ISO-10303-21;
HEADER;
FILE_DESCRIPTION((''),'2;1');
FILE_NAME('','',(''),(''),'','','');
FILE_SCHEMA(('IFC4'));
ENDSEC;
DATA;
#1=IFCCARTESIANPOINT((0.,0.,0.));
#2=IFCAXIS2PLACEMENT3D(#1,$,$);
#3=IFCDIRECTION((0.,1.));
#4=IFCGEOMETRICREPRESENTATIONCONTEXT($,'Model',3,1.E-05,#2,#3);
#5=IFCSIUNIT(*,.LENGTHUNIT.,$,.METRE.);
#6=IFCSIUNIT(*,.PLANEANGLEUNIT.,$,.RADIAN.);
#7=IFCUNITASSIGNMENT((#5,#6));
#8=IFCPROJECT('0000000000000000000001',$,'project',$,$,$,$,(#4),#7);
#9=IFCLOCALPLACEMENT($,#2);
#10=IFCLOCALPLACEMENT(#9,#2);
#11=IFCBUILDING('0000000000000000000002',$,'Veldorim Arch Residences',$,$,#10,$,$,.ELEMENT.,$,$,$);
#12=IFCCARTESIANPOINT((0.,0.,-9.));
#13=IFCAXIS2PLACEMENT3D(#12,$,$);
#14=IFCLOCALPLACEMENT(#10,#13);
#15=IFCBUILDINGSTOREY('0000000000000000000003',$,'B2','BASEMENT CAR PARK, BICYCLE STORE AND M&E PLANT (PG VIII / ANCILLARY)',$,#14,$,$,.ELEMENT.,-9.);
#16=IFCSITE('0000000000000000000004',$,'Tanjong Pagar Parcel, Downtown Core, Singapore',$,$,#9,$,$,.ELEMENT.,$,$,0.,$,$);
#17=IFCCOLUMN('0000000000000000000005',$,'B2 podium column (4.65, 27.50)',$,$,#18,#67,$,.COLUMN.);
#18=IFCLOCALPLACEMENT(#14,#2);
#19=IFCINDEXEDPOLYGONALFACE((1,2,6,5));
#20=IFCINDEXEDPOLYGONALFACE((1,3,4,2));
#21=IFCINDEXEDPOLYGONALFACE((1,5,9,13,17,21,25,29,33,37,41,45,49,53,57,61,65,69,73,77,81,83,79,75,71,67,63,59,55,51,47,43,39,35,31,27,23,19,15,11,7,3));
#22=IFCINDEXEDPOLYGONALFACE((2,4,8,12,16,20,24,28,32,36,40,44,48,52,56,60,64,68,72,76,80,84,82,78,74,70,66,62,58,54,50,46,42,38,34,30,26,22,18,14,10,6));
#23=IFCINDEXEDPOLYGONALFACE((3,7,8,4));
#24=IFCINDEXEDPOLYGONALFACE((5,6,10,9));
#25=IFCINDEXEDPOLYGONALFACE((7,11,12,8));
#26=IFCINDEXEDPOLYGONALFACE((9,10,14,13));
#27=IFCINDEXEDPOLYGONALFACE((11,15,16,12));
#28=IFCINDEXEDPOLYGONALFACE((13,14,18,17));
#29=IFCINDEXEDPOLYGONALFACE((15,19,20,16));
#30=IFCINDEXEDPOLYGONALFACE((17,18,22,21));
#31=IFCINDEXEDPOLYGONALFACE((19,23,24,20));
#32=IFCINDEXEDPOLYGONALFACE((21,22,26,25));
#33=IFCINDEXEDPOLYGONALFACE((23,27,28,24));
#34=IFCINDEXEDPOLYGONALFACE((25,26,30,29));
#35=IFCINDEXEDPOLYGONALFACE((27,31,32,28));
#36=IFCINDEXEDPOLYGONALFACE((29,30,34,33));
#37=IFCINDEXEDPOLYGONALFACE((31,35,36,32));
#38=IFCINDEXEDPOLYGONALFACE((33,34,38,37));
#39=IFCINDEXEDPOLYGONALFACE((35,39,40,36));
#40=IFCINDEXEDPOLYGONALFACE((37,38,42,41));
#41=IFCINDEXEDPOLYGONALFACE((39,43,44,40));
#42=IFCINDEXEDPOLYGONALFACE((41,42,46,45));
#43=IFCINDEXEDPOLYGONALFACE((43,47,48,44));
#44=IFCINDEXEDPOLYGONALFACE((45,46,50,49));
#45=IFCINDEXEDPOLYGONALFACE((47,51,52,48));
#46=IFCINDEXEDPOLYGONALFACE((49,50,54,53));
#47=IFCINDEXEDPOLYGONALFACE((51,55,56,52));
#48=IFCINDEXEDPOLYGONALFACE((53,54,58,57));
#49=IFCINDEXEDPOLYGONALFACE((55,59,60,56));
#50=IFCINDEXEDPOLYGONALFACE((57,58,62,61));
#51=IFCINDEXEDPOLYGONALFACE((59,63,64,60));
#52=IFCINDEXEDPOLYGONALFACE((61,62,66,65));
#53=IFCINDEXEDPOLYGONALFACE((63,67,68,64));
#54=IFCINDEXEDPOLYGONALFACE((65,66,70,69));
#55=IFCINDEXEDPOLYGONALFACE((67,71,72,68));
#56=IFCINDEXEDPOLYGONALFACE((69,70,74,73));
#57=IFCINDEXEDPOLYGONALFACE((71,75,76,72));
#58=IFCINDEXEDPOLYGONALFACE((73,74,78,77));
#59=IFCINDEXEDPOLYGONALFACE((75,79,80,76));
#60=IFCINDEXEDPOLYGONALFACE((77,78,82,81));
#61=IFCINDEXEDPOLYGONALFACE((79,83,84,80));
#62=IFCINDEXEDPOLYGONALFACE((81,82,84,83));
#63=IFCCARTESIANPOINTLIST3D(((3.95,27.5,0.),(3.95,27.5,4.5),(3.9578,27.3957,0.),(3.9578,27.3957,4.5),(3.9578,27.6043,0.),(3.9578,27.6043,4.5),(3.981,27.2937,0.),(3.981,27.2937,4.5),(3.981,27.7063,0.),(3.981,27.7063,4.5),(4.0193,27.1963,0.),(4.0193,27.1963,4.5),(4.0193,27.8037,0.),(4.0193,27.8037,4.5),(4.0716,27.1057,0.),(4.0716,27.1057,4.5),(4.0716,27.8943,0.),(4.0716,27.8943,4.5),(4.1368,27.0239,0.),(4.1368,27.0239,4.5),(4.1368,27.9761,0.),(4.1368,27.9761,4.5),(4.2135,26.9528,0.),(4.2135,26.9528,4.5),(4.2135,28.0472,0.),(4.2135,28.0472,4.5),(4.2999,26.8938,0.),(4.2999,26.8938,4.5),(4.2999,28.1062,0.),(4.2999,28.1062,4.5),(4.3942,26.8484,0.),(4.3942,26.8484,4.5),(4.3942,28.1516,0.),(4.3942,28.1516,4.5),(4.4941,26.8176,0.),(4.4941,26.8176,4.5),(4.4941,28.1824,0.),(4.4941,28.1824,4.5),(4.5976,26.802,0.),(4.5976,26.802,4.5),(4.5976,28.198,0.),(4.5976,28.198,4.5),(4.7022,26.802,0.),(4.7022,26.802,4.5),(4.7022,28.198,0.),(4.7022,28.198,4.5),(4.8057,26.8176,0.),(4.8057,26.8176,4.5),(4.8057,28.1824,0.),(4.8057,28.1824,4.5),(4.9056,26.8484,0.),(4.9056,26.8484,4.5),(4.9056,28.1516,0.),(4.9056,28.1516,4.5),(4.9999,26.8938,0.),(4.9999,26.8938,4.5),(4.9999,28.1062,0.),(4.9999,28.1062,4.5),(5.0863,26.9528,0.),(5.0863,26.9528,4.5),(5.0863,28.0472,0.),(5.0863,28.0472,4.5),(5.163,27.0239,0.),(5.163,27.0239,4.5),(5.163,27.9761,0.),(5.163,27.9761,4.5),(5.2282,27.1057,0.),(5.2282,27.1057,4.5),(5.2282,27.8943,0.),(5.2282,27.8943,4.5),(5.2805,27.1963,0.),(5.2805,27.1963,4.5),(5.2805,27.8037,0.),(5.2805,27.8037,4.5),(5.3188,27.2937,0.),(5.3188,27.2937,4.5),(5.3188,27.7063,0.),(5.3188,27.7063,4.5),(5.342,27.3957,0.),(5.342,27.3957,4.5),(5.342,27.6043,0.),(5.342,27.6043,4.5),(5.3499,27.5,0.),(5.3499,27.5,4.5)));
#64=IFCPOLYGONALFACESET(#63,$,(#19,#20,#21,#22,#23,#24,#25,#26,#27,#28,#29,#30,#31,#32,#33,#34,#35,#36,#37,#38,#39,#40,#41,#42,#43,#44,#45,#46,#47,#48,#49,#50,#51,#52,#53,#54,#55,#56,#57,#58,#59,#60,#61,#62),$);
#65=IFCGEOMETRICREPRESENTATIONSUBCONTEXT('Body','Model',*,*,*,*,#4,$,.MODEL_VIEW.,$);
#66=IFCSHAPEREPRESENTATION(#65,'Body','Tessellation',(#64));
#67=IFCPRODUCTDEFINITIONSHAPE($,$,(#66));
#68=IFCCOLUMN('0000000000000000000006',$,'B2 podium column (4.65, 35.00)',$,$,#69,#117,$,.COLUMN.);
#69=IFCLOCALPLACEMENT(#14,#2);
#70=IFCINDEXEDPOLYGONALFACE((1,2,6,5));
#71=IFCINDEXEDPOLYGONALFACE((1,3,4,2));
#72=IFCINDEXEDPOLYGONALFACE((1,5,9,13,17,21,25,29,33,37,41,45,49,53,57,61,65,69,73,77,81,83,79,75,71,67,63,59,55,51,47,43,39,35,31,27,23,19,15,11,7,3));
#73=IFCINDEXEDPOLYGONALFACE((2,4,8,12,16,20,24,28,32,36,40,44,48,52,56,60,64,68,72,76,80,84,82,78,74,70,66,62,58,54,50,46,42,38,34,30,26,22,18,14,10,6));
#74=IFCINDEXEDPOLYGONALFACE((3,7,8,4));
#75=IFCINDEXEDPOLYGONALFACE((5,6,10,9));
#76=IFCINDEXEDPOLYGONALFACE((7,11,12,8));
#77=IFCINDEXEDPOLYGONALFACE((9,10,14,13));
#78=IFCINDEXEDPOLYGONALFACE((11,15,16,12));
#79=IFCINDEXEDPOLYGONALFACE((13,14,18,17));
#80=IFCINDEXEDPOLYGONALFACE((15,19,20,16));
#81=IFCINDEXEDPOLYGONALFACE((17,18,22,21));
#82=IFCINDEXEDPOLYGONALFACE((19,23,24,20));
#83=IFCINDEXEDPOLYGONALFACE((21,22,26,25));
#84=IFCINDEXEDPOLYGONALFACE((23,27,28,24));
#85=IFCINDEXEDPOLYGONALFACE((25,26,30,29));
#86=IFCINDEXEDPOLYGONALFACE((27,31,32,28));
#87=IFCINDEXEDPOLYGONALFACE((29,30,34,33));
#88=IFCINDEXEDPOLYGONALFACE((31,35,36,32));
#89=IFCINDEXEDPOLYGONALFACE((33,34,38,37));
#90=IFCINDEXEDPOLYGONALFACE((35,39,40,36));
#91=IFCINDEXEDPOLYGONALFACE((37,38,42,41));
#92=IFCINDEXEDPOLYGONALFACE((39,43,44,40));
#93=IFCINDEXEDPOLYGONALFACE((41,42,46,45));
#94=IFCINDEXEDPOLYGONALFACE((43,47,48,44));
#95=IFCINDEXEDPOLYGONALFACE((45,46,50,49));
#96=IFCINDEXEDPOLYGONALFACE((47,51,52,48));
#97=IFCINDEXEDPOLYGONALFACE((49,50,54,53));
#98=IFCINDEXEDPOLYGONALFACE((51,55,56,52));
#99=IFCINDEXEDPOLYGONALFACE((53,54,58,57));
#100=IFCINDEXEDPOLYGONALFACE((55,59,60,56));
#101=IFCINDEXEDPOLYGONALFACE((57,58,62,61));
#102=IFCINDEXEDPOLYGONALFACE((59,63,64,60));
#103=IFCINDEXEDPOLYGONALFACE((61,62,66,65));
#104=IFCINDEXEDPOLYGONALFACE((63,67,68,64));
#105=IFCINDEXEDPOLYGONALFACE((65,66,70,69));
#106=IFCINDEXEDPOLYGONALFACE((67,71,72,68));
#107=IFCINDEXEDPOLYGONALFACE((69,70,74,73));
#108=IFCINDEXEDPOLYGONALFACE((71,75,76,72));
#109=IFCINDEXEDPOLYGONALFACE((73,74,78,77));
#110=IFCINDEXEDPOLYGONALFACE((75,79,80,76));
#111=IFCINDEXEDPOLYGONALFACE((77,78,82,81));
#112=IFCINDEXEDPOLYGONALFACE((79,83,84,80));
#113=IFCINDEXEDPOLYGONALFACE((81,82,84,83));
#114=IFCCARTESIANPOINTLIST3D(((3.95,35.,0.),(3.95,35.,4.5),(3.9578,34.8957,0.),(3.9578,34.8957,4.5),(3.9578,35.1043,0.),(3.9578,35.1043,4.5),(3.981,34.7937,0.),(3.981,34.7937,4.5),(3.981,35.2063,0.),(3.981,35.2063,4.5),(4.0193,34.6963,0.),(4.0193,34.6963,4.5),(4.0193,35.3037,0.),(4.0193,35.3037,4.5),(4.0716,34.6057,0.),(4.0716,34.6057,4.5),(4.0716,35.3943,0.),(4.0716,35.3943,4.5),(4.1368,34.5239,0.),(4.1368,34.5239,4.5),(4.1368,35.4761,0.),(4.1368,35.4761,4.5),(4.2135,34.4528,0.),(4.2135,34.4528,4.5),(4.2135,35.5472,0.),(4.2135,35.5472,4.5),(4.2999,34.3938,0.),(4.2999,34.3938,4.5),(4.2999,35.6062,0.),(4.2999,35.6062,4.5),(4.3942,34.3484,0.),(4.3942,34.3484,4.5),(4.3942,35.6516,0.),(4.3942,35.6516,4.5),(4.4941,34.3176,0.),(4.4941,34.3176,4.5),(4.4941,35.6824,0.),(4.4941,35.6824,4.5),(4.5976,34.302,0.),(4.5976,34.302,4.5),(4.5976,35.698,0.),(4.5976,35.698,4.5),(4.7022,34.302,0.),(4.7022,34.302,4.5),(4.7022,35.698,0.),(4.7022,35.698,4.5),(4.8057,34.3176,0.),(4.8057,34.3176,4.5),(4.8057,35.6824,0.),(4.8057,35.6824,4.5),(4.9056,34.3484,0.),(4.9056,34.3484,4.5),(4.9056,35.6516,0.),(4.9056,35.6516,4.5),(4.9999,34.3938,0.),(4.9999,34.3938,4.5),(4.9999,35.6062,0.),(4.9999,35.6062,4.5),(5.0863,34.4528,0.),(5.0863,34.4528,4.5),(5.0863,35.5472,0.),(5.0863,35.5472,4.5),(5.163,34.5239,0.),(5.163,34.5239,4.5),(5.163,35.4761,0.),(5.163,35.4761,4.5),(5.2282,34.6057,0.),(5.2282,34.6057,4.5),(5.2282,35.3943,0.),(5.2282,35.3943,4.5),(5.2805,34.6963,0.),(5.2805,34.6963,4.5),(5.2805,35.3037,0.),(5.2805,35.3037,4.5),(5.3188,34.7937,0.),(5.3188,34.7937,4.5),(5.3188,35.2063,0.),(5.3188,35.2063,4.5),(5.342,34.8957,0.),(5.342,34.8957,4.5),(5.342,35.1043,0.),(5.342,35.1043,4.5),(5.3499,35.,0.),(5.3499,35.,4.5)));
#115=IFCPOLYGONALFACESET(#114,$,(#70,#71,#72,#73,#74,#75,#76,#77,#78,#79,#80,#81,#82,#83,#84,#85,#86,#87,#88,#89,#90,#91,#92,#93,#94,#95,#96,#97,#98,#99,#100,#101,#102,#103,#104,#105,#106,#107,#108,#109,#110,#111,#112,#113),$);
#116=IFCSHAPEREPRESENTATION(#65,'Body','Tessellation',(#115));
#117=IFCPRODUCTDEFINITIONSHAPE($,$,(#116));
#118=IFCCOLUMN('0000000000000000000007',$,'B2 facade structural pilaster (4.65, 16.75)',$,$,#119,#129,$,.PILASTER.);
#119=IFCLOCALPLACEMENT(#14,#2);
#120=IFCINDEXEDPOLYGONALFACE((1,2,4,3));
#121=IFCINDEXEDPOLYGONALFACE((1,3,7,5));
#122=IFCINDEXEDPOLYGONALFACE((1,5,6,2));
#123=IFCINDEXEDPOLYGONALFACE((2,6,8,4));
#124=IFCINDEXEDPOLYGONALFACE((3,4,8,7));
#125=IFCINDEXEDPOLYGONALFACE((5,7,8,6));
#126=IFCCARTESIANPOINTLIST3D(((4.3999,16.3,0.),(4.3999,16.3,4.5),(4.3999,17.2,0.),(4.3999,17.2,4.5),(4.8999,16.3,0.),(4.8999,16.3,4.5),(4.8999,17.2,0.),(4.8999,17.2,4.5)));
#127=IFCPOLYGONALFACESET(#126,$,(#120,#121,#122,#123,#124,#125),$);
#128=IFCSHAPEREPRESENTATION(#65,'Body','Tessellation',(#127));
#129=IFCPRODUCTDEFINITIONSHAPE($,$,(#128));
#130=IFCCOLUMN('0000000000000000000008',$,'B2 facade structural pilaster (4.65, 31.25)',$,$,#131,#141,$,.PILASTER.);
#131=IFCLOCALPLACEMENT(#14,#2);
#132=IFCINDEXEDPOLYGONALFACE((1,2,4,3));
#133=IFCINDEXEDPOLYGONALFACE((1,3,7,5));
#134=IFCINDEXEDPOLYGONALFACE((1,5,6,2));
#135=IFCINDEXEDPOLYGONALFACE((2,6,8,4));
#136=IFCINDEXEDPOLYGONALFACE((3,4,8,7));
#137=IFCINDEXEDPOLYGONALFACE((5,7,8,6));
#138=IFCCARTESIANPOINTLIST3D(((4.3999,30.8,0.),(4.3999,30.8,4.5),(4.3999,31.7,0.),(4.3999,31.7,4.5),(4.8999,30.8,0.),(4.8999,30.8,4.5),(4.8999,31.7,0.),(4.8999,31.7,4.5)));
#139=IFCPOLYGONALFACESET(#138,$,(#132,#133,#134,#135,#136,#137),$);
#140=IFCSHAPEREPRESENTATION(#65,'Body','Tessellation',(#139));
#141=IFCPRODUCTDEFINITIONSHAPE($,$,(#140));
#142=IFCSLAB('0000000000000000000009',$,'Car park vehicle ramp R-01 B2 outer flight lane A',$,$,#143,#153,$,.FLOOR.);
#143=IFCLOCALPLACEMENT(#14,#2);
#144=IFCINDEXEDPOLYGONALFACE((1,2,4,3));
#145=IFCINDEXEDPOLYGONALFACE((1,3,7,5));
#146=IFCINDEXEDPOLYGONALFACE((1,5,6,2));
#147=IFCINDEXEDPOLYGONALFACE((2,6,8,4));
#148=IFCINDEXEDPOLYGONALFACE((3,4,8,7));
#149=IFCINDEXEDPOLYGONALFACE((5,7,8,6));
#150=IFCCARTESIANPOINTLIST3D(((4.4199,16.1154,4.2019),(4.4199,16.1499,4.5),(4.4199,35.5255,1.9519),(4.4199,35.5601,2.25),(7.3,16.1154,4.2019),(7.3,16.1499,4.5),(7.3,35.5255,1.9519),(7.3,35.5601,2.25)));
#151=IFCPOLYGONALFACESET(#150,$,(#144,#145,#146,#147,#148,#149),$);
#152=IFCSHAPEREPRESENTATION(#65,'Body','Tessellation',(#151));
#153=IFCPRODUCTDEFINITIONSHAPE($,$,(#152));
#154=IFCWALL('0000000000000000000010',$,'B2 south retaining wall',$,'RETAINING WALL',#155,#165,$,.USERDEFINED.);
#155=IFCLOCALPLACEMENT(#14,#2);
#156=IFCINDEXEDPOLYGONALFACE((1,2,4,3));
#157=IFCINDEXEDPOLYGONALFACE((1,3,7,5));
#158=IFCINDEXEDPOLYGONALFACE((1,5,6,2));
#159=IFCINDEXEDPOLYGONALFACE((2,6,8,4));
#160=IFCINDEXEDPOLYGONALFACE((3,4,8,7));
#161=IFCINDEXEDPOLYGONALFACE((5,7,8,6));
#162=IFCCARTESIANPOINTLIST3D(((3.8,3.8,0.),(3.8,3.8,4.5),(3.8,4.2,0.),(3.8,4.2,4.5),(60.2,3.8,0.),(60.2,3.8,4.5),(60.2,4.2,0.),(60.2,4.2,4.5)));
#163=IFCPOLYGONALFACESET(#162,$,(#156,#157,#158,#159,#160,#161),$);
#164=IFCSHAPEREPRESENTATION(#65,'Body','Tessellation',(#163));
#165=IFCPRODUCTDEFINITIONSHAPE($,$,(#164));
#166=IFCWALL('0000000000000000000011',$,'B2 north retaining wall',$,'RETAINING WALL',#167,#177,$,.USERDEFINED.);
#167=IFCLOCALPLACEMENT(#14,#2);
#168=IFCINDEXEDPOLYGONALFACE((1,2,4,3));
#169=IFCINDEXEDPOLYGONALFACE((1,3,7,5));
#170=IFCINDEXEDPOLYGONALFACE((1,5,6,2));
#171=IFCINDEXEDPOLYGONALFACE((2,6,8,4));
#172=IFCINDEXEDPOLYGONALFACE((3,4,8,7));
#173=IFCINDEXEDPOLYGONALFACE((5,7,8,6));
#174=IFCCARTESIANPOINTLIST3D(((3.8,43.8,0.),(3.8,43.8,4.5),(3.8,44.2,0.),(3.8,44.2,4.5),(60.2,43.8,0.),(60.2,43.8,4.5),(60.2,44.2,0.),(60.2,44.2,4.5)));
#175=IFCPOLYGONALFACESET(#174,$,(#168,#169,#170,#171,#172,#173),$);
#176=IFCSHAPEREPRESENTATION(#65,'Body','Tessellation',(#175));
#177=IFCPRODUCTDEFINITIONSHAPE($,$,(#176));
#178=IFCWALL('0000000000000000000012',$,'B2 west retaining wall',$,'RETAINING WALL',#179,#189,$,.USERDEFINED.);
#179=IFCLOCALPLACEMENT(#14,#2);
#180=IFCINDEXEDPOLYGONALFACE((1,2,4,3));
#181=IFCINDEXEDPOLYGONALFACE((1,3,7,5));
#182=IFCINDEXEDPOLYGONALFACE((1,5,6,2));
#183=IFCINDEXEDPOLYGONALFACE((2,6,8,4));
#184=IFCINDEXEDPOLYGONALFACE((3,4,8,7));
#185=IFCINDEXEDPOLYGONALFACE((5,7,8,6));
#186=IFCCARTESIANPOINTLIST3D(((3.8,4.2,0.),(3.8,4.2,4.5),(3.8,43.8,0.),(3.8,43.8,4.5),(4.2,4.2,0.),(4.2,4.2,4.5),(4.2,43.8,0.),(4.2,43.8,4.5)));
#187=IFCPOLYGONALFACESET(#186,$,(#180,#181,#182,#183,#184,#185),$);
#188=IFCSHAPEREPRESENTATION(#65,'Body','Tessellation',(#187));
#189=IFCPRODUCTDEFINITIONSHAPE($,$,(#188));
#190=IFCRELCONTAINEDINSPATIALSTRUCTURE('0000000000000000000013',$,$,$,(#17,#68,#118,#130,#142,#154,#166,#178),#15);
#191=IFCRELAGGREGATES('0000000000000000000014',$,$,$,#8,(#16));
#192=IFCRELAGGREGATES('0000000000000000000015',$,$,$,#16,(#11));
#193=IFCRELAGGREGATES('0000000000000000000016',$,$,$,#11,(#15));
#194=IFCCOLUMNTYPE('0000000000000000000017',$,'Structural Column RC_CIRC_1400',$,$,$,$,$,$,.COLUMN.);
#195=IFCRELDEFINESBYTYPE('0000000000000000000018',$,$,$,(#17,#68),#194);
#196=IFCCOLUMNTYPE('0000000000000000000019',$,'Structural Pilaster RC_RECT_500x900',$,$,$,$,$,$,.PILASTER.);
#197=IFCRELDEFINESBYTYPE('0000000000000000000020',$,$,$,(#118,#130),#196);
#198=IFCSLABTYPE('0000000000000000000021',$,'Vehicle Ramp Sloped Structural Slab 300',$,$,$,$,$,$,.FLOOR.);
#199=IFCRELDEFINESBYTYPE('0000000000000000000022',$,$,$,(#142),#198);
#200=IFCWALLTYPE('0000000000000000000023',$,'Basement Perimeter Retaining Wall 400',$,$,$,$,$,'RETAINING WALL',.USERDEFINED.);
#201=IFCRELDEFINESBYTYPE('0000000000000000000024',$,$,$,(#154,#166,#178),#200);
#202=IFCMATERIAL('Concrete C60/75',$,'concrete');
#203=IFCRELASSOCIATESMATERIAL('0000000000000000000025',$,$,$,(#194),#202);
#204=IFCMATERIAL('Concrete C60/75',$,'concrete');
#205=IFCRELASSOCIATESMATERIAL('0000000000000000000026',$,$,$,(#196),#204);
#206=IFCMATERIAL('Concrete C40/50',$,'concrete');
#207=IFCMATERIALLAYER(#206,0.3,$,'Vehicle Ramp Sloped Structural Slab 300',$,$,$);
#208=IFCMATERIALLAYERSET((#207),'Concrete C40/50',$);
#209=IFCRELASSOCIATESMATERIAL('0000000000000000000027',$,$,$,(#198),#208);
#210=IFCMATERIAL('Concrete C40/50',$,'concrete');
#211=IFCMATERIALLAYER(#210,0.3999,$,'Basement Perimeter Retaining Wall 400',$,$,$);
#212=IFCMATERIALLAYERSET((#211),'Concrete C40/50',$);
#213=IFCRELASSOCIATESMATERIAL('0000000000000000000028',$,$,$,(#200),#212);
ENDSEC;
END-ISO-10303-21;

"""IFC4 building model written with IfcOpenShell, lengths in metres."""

from ifc_helpers import new_model, si_unit, direction, frame, frame_2d, origin, origin_2d, place, context, subcontext, project, spatial, polyline, rectangle, circle, outline, extrude, material, layer, layer_set, material_profile, profile_set, type_object, element, save


model = new_model("IFC4")

# Units and contexts
model_context = context("Model", 3, precision=1e-05, world=origin(), true_north=direction((0.0, 1.0)))
body_context = subcontext(model_context, "Body", "Model", "MODEL_VIEW")
ifc_project = project(units=[si_unit("LENGTHUNIT", "METRE"), si_unit("PLANEANGLEUNIT", "RADIAN")], contexts=[model_context])

# Site, building, storey
site_placement = place(None, origin())
site = spatial("IfcSite", under=ifc_project, at=site_placement, Name="Tanjong Pagar Parcel, Downtown Core, Singapore", CompositionType="ELEMENT", RefElevation=0.0)
building_placement = place(site_placement, origin())
building = spatial("IfcBuilding", under=site, at=building_placement, Name="Veldorim Arch Residences", CompositionType="ELEMENT")
storey_placement = place(building_placement, frame((0.0, 0.0, -9.0)))
storey = spatial("IfcBuildingStorey", under=building, at=storey_placement, Name="B2", Description="BASEMENT CAR PARK, BICYCLE STORE AND M&E PLANT (PG VIII / ANCILLARY)", CompositionType="ELEMENT", Elevation=-9.0)

# Columns
ifc_material_1 = material(Name="Concrete C60/75", Category="concrete")
ifc_material_profile_1 = material_profile(ifc_material_1, circle(Radius=0.7, at=origin_2d()), Name="RC_CIRC_1400")
ifc_profile_set_1 = profile_set([ifc_material_profile_1], Name="Concrete C60/75")
column_type_1 = type_object("IfcColumnType", Name="Structural Column RC_CIRC_1400", PredefinedType="COLUMN", material=ifc_profile_set_1)
for number, where, z_axis, x_axis, name in (
    (1, (4.6499, 27.5, 0.0), (0.0, 0.0, 1.0), (1.0, 0.0, 0.0), "B2 podium column (4.65, 27.50)"),
    (2, (4.6499, 35.0, 0.0), (0.0, 0.0, 1.0), (1.0, 0.0, 0.0), "B2 podium column (4.65, 35.00)"),
):
    element("IfcColumn", number, at=place(storey_placement, frame(where, z_axis=z_axis, x_axis=x_axis)), inside=storey, type_object=column_type_1, Name=name, PredefinedType="COLUMN", context=body_context, shape_type="SweptSolid", body=[
        extrude(circle(Radius=0.7, at=origin_2d()), origin(), (0.0, 0.0, 1.0), 4.5),
    ])
ifc_material_2 = material(Name="Concrete C60/75", Category="concrete")
ifc_material_profile_2 = material_profile(ifc_material_2, rectangle(XDim=0.5, YDim=0.8999, at=origin_2d()), Name="RC_RECT_500x900")
ifc_profile_set_2 = profile_set([ifc_material_profile_2], Name="Concrete C60/75")
column_type_2 = type_object("IfcColumnType", Name="Structural Pilaster RC_RECT_500x900", PredefinedType="PILASTER", material=ifc_profile_set_2)
for number, where, z_axis, x_axis, name in (
    (3, (4.6499, 16.75, 0.0), (0.0, 0.0, 1.0), (1.0, 0.0, 0.0), "B2 facade structural pilaster (4.65, 16.75)"),
    (4, (4.6499, 31.25, 0.0), (0.0, 0.0, 1.0), (1.0, 0.0, 0.0), "B2 facade structural pilaster (4.65, 31.25)"),
):
    element("IfcColumn", number, at=place(storey_placement, frame(where, z_axis=z_axis, x_axis=x_axis)), inside=storey, type_object=column_type_2, Name=name, PredefinedType="PILASTER", context=body_context, shape_type="SweptSolid", body=[
        extrude(rectangle(XDim=0.5, YDim=0.8999, at=origin_2d()), origin(), (0.0, 0.0, 1.0), 4.5),
    ])

# Slab
ifc_material_3 = material(Name="Concrete C40/50", Category="concrete")
ifc_layer_1 = layer(ifc_material_3, 0.3, Name="Vehicle Ramp Sloped Structural Slab 300")
ifc_layer_set_1 = layer_set([ifc_layer_1], Name="Concrete C40/50")
slab_type = type_object("IfcSlabType", Name="Vehicle Ramp Sloped Structural Slab 300", PredefinedType="FLOOR", material=ifc_layer_set_1)
slab_placement = place(storey_placement, frame((4.4199, 16.1499, 4.5), z_axis=(0.0, 0.115148, 0.993348), x_axis=(1.0, 0.0, 0.0)))
element("IfcSlab", 5, at=slab_placement, inside=storey, type_object=slab_type, Name="Car park vehicle ramp R-01 B2 outer flight lane A", PredefinedType="FLOOR", context=body_context, shape_type="SweptSolid", body=[
    extrude(outline(polyline([(0.0, 0.0), (2.8801, 0.0), (2.8801, 19.5401), (0.0, 19.5401), (0.0, 0.0)])), origin(), (0.0, 0.0, -1.0), 0.3),
])

# Walls
ifc_material_4 = material(Name="Concrete C40/50", Category="concrete")
ifc_layer_2 = layer(ifc_material_4, 0.3999, Name="Basement Perimeter Retaining Wall 400")
ifc_layer_set_2 = layer_set([ifc_layer_2], Name="Concrete C40/50")
wall_type_1 = type_object("IfcWallType", Name="Basement Perimeter Retaining Wall 400", ElementType="RETAINING WALL", PredefinedType="USERDEFINED", material=ifc_layer_set_2)
for number, where, z_axis, x_axis, name in (
    (6, (3.8, 4.0, 0.0), (0.0, 0.0, 1.0), (1.0, 0.0, 0.0), "B2 south retaining wall"),
    (7, (3.8, 44.0, 0.0), (0.0, 0.0, 1.0), (1.0, 0.0, 0.0), "B2 north retaining wall"),
):
    element("IfcWall", number, at=place(storey_placement, frame(where, z_axis=z_axis, x_axis=x_axis)), inside=storey, type_object=wall_type_1, Name=name, ObjectType="RETAINING WALL", PredefinedType="USERDEFINED", context=body_context, shape_type="SweptSolid", body=[
        extrude(rectangle(XDim=56.3999, YDim=0.3999, at=frame_2d((28.2, 0.0))), origin(), (0.0, 0.0, 1.0), 4.5),
    ])
wall_1_placement = place(storey_placement, frame((4.0, 4.2, 0.0), z_axis=(0.0, 0.0, 1.0), x_axis=(0.0, 1.0, 0.0)))
element("IfcWall", 8, at=wall_1_placement, inside=storey, type_object=wall_type_1, Name="B2 west retaining wall", ObjectType="RETAINING WALL", PredefinedType="USERDEFINED", context=body_context, shape_type="SweptSolid", body=[
    extrude(rectangle(XDim=39.6001, YDim=0.3999, at=frame_2d((19.8, 0.0))), origin(), (0.0, 0.0, 1.0), 4.5),
])

save(model, "model.ifc")
